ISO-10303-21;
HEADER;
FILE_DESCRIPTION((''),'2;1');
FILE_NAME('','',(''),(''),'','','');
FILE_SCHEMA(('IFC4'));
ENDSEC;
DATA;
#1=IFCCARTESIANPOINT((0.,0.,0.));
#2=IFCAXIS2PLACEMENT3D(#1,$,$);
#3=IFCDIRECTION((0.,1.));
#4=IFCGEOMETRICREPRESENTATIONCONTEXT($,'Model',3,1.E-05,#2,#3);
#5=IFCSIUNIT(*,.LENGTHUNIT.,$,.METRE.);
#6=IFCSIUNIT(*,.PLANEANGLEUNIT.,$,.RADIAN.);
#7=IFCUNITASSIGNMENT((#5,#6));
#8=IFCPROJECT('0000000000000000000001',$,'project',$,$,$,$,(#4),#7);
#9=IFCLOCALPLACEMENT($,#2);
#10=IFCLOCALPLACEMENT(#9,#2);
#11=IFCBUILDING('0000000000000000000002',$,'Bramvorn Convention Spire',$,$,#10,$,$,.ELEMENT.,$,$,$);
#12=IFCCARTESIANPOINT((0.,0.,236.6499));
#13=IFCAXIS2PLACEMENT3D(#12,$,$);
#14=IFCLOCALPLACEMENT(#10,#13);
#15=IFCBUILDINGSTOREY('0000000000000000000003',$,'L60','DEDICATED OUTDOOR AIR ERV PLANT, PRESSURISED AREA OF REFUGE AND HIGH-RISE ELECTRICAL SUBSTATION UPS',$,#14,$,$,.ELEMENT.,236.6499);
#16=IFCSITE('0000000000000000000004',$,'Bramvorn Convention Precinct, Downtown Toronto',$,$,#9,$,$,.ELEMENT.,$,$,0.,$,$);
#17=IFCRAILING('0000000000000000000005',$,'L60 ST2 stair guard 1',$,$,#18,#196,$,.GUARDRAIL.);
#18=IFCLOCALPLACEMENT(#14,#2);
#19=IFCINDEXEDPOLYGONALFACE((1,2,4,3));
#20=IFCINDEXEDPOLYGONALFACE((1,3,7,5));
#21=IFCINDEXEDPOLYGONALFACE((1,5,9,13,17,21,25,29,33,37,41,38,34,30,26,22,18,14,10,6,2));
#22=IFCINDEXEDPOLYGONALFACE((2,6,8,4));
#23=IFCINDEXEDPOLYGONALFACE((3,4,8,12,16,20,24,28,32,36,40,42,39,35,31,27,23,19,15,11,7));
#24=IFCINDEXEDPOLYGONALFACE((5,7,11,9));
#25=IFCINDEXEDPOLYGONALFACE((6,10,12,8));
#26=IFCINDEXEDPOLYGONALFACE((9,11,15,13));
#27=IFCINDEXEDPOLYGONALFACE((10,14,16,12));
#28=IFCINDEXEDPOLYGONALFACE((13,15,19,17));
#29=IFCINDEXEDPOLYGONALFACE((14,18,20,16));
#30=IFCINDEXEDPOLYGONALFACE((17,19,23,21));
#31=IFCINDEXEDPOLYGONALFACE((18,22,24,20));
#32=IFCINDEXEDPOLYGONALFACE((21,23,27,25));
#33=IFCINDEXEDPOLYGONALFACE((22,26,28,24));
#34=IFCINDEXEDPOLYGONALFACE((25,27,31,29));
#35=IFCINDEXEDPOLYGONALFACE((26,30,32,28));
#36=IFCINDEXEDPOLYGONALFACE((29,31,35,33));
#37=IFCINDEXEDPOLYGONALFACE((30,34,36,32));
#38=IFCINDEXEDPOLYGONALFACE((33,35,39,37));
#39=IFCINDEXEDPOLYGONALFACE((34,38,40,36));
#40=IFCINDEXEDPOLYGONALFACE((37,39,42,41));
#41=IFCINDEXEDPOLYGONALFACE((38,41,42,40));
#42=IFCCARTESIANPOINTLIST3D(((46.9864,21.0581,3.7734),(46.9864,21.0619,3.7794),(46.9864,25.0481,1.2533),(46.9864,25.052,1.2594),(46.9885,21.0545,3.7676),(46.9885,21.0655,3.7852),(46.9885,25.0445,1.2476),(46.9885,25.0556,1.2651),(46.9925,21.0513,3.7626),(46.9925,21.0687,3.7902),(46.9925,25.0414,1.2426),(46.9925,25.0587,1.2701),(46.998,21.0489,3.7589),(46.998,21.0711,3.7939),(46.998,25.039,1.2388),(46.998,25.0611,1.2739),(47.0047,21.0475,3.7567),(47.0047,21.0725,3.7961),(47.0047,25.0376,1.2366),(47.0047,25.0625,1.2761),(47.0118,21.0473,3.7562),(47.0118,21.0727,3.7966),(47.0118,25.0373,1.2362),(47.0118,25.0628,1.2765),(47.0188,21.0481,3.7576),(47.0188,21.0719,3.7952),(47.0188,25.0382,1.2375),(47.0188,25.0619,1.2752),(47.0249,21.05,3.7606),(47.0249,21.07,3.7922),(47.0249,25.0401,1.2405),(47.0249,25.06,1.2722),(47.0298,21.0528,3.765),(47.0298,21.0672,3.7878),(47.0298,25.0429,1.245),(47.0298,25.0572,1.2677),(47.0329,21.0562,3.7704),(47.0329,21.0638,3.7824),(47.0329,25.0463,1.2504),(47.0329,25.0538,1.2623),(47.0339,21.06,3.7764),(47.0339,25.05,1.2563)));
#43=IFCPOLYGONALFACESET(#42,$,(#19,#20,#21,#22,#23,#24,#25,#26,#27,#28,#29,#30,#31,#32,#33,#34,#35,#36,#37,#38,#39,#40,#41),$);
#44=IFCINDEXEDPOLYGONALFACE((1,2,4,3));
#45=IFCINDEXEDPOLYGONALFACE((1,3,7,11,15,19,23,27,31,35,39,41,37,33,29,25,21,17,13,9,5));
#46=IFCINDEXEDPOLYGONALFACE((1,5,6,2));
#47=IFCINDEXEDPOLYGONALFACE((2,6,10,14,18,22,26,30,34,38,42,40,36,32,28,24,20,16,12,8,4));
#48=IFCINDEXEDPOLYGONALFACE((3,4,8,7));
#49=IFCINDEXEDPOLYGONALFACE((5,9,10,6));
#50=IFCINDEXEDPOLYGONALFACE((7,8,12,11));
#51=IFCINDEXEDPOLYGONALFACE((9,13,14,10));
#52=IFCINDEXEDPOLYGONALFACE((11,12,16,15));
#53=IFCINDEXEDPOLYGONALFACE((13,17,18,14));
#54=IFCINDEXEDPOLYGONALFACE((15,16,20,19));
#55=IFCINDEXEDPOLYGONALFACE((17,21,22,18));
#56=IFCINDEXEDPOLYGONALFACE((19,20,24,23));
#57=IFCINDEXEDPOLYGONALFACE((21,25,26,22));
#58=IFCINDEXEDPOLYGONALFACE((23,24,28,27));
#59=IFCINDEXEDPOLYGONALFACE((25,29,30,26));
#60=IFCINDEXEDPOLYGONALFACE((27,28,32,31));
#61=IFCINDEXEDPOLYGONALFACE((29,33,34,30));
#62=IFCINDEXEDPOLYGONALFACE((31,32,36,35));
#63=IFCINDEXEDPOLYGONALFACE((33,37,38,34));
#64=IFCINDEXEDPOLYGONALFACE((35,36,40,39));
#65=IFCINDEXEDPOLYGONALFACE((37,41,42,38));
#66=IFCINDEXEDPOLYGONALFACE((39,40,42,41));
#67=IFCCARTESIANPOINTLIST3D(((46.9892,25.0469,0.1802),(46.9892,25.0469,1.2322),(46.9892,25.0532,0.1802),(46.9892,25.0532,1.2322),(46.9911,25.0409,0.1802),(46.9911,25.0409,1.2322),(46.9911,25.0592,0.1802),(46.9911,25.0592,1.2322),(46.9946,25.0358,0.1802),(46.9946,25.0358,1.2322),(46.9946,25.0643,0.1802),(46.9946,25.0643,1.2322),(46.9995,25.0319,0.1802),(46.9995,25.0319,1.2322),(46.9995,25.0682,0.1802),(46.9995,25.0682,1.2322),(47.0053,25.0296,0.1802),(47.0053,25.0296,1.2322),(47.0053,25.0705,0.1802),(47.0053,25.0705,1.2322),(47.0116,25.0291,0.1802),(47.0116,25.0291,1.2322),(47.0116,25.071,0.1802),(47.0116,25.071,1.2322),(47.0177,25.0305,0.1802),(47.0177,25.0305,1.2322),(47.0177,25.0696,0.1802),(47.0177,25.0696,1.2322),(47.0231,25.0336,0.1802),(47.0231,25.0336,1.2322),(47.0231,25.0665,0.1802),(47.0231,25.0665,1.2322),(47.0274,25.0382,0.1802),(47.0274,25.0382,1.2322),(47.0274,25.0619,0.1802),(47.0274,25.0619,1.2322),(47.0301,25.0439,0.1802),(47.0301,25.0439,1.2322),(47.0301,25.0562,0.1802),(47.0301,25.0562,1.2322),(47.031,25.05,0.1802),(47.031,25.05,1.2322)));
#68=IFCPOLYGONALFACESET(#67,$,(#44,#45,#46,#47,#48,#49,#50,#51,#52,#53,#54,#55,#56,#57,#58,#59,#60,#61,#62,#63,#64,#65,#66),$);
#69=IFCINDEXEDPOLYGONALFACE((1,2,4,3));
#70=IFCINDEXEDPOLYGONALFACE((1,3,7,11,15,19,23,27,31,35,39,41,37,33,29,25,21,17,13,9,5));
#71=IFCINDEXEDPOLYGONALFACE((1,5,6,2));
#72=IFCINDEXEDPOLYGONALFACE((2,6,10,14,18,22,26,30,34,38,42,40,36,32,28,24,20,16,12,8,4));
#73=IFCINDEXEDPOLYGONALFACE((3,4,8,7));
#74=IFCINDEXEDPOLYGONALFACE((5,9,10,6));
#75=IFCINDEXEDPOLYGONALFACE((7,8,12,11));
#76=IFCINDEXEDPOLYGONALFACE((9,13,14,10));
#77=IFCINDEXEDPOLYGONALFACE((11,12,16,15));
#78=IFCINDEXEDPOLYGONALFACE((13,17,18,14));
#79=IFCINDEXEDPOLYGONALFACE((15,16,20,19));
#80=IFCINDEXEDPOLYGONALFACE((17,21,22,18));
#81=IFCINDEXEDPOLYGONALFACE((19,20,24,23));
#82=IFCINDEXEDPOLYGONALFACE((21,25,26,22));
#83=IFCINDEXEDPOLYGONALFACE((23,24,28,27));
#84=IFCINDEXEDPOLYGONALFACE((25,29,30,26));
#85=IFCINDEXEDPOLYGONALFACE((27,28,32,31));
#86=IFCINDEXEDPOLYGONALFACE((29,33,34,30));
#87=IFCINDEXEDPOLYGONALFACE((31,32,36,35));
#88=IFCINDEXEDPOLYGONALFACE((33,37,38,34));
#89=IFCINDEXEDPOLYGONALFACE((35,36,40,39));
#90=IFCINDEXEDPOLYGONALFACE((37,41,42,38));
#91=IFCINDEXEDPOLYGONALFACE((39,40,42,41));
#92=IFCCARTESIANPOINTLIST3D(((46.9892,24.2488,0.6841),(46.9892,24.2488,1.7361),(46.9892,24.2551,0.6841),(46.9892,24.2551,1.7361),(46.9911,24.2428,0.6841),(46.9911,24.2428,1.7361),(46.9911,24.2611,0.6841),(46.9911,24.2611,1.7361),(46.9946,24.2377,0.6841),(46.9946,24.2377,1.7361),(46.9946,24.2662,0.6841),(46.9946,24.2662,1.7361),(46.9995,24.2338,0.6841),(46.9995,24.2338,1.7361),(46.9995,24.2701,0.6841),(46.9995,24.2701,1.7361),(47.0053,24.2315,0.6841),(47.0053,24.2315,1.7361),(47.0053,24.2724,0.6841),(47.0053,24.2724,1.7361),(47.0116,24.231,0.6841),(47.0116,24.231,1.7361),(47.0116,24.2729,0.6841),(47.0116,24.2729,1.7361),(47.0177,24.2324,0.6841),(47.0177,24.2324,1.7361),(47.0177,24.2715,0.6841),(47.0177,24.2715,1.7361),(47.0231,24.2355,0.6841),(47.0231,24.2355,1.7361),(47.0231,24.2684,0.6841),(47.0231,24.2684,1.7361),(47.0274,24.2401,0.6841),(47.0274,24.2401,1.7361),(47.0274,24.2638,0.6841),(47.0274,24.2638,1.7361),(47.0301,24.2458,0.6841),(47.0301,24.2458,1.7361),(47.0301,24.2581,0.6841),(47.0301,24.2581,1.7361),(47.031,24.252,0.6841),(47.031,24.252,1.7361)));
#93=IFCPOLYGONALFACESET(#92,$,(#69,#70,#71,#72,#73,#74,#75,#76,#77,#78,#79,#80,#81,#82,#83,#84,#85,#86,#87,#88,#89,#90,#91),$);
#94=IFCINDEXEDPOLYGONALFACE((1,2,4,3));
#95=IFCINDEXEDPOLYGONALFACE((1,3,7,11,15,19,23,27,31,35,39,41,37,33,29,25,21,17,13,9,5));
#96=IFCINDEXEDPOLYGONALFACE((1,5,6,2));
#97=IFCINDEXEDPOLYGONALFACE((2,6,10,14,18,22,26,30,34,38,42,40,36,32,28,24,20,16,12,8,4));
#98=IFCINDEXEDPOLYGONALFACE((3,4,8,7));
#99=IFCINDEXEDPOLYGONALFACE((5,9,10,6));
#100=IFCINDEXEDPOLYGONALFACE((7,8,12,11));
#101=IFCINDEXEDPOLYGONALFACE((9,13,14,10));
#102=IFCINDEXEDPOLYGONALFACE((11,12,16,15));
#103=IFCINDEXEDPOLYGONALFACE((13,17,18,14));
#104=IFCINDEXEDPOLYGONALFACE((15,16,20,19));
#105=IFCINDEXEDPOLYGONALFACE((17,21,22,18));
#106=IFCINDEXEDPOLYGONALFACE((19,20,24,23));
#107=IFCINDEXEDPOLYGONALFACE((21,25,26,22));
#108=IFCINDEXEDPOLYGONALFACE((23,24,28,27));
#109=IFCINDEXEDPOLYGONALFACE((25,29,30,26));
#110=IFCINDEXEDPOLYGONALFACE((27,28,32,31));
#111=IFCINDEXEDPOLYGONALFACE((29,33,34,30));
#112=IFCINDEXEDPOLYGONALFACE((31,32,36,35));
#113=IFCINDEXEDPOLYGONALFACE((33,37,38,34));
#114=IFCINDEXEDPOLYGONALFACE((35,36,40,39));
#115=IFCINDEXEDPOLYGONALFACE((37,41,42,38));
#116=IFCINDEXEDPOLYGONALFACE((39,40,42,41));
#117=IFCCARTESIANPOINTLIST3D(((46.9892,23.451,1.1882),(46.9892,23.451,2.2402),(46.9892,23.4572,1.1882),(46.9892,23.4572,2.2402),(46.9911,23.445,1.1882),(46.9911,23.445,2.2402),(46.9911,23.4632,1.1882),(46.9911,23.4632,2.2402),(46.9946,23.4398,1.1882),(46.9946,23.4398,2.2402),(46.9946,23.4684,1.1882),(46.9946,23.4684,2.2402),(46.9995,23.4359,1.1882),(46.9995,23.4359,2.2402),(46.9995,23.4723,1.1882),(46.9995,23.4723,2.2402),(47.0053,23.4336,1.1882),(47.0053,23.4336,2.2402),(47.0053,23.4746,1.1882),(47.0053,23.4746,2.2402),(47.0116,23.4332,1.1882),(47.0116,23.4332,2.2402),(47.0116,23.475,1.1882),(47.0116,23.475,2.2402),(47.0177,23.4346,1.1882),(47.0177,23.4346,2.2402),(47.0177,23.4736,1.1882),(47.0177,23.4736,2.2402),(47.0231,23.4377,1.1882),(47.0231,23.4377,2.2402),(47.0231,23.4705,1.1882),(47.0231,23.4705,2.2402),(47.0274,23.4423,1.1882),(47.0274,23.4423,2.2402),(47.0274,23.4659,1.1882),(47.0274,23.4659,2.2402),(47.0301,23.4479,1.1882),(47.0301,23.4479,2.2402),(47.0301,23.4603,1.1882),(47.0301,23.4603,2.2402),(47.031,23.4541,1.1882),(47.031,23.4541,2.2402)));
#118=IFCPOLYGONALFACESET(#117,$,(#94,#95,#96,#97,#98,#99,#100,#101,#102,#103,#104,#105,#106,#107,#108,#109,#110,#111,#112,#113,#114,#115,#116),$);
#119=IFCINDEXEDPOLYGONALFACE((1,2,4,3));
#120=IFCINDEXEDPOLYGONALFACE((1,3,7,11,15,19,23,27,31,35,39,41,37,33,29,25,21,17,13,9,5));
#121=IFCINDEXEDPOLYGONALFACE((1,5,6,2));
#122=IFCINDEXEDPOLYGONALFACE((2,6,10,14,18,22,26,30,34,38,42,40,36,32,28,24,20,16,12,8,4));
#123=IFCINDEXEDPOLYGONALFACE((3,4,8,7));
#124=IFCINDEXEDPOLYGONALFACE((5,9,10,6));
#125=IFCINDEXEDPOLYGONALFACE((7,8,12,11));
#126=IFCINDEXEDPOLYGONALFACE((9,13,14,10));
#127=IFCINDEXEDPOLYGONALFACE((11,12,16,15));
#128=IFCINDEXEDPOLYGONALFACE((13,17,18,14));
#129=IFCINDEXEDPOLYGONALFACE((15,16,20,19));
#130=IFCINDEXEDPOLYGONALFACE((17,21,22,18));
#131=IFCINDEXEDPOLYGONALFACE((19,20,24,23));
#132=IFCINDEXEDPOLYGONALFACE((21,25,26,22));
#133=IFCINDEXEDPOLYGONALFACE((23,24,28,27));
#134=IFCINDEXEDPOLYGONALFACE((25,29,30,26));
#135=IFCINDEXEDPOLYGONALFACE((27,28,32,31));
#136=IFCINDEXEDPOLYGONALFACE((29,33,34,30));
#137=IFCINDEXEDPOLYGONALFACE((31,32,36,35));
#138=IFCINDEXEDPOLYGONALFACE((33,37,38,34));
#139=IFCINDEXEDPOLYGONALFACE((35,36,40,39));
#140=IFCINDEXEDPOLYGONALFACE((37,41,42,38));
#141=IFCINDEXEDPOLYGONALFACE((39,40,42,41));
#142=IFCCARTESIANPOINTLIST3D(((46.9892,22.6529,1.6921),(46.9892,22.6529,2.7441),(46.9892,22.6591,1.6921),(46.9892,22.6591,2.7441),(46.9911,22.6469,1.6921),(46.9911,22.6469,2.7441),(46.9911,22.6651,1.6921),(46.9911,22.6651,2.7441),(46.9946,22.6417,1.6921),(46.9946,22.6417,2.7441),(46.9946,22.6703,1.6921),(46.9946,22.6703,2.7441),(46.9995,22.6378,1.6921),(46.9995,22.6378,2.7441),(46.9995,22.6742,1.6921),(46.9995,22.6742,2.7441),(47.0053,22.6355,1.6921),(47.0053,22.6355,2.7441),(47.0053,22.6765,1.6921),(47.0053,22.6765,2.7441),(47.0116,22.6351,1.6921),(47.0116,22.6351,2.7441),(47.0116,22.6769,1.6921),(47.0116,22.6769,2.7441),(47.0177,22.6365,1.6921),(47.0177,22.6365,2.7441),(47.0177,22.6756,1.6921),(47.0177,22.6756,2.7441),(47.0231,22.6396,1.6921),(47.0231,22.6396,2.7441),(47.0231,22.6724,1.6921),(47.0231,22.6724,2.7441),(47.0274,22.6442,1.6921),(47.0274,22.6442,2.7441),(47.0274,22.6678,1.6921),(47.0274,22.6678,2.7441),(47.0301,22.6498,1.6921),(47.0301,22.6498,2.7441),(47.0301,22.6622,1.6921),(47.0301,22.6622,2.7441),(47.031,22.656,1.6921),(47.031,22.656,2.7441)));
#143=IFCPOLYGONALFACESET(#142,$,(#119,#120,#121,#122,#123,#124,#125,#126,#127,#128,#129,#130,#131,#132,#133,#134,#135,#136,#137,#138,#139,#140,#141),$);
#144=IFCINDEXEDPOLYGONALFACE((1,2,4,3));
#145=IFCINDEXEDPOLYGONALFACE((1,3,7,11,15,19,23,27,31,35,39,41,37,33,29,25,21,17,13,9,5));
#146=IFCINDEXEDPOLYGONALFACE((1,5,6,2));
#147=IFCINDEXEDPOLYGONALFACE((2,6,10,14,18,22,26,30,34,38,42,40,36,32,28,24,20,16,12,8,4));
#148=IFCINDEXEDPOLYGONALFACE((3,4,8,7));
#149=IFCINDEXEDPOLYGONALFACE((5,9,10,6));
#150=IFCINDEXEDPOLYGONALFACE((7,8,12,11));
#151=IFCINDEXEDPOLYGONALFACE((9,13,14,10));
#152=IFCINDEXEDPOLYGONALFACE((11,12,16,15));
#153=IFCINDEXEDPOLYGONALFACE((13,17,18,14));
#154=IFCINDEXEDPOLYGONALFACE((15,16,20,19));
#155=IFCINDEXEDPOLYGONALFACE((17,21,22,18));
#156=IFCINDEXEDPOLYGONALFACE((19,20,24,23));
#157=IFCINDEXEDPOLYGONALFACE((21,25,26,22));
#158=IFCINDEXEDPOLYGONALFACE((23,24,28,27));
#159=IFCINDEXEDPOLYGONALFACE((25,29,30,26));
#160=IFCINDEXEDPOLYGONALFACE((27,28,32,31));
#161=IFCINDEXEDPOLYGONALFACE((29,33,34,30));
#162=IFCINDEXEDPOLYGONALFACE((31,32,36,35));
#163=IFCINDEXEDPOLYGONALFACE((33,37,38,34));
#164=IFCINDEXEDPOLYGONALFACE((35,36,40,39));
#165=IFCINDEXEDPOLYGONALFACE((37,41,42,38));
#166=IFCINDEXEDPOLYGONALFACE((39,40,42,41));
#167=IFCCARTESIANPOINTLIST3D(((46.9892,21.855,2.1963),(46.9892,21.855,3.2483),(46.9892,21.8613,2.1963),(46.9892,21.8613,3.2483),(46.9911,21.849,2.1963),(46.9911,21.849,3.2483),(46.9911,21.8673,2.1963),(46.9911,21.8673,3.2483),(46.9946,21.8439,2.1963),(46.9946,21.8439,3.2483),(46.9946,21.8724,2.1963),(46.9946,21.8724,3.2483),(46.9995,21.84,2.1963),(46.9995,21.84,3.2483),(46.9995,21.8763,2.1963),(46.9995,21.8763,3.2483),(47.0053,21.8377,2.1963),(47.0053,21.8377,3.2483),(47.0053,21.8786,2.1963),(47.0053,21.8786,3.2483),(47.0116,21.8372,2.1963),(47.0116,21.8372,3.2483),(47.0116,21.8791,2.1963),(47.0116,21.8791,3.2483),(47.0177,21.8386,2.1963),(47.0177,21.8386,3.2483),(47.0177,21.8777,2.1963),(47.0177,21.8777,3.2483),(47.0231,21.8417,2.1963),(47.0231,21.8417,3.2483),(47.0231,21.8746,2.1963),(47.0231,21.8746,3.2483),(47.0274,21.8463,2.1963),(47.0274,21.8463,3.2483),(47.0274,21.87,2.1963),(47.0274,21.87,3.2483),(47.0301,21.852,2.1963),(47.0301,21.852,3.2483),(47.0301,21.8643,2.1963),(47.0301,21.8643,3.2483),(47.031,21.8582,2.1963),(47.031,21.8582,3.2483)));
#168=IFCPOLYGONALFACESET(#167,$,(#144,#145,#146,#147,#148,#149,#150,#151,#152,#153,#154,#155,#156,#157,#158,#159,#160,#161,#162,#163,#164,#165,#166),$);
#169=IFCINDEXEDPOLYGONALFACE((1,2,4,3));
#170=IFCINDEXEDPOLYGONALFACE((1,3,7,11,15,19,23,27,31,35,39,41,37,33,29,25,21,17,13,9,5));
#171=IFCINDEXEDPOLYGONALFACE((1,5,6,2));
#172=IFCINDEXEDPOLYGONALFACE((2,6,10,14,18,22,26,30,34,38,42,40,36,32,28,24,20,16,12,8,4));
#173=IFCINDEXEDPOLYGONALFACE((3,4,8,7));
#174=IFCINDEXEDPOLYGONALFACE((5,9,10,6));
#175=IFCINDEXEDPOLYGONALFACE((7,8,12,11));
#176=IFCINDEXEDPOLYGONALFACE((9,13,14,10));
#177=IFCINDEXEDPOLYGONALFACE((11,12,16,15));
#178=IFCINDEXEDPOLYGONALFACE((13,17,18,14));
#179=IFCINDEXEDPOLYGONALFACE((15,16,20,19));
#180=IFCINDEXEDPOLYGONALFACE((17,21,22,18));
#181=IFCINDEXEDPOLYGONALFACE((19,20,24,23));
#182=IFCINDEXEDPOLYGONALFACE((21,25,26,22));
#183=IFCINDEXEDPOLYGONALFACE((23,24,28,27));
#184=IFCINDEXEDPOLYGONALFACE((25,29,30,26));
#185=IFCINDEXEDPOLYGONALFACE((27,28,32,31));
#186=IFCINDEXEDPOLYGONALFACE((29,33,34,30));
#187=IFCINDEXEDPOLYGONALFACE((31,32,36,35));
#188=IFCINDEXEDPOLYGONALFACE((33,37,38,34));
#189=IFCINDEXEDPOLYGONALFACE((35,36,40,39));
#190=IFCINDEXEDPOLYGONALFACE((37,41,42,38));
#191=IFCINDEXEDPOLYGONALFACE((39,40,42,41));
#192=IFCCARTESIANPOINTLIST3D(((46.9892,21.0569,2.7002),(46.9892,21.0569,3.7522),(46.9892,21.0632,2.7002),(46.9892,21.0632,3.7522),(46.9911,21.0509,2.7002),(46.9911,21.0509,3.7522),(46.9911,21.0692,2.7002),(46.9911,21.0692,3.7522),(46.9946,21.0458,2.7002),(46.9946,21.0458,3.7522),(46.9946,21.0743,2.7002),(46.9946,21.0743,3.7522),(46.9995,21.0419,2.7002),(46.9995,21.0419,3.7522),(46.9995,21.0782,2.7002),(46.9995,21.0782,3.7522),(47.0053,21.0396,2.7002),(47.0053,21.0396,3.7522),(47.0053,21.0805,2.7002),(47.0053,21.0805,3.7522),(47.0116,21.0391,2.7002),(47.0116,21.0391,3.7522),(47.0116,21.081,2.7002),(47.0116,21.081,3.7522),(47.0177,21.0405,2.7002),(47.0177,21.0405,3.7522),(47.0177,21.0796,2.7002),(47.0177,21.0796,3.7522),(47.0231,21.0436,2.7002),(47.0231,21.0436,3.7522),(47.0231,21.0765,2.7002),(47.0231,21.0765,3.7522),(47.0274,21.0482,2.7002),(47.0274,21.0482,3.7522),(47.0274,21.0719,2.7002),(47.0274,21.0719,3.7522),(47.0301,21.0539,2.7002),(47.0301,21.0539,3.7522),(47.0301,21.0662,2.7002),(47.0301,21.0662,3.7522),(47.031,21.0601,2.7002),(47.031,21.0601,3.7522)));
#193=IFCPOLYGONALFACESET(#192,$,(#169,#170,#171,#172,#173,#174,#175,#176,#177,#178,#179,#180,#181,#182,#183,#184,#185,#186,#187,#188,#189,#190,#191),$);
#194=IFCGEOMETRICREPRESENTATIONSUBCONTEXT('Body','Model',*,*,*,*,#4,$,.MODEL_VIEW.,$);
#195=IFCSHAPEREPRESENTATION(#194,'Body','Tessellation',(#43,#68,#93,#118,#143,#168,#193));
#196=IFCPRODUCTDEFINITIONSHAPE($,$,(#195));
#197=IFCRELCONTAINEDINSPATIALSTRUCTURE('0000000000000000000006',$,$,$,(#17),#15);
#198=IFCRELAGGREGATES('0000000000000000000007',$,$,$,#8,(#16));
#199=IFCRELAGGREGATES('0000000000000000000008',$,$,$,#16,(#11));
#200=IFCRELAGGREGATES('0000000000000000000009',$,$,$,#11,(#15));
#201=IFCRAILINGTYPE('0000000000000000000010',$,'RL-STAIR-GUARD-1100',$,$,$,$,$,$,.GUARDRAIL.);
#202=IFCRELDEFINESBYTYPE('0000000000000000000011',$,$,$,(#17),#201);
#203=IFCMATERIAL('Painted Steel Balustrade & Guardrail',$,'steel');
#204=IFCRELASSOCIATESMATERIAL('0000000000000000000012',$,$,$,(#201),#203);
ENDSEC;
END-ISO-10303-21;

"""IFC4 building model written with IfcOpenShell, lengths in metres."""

from ifc_helpers import new_model, si_unit, direction, frame, origin, origin_2d, place, context, subcontext, project, spatial, circle, extrude, material, type_object, element, save


model = new_model("IFC4")

# Units and contexts
model_context = context("Model", 3, precision=1e-05, world=origin(), true_north=direction((0.0, 1.0)))
body_context = subcontext(model_context, "Body", "Model", "MODEL_VIEW")
ifc_project = project(units=[si_unit("LENGTHUNIT", "METRE"), si_unit("PLANEANGLEUNIT", "RADIAN")], contexts=[model_context])

# Site, building, storey
site_placement = place(None, origin())
site = spatial("IfcSite", under=ifc_project, at=site_placement, Name="Bramvorn Convention Precinct, Downtown Toronto", CompositionType="ELEMENT", RefElevation=0.0)
building_placement = place(site_placement, origin())
building = spatial("IfcBuilding", under=site, at=building_placement, Name="Bramvorn Convention Spire", CompositionType="ELEMENT")
storey_placement = place(building_placement, frame((0.0, 0.0, 236.6499)))
storey = spatial("IfcBuildingStorey", under=building, at=storey_placement, Name="L60", Description="DEDICATED OUTDOOR AIR ERV PLANT, PRESSURISED AREA OF REFUGE AND HIGH-RISE ELECTRICAL SUBSTATION UPS", CompositionType="ELEMENT", Elevation=236.6499)

# Railing
ifc_material_1 = material(Name="Painted Steel Balustrade & Guardrail", Category="steel")
railing_type_1 = type_object("IfcRailingType", Name="RL-STAIR-GUARD-1100", PredefinedType="GUARDRAIL", material=ifc_material_1)
railing_1_placement = place(storey_placement, frame((47.01, 25.05, 0.1802)))
element("IfcRailing", 1, at=railing_1_placement, inside=storey, type_object=railing_type_1, Name="L60 ST2 stair guard 1", PredefinedType="GUARDRAIL", context=body_context, shape_type="SweptSolid", body=[
    extrude(circle(Radius=0.0239, at=origin_2d()), frame((0.0, 0.0, 1.0762), z_axis=(0.0, -0.845486, 0.533997), x_axis=(1.0, 0.0, 0.0)), (0.0, 0.0, 1.0), 4.7192),
    extrude(circle(Radius=0.021, at=origin_2d()), origin(), (0.0, 0.0, 1.0), 1.052),
    extrude(circle(Radius=0.021, at=origin_2d()), frame((0.0, -0.7981, 0.5039)), (0.0, 0.0, 1.0), 1.052),
    extrude(circle(Radius=0.021, at=origin_2d()), frame((0.0, -1.5959, 1.0081)), (0.0, 0.0, 1.0), 1.052),
    extrude(circle(Radius=0.021, at=origin_2d()), frame((0.0, -2.394, 1.512)), (0.0, 0.0, 1.0), 1.052),
    extrude(circle(Radius=0.021, at=origin_2d()), frame((0.0, -3.1919, 2.0161)), (0.0, 0.0, 1.0), 1.052),
    extrude(circle(Radius=0.021, at=origin_2d()), frame((0.0, -3.99, 2.52)), (0.0, 0.0, 1.0), 1.052),
])

save(model, "model.ifc")
